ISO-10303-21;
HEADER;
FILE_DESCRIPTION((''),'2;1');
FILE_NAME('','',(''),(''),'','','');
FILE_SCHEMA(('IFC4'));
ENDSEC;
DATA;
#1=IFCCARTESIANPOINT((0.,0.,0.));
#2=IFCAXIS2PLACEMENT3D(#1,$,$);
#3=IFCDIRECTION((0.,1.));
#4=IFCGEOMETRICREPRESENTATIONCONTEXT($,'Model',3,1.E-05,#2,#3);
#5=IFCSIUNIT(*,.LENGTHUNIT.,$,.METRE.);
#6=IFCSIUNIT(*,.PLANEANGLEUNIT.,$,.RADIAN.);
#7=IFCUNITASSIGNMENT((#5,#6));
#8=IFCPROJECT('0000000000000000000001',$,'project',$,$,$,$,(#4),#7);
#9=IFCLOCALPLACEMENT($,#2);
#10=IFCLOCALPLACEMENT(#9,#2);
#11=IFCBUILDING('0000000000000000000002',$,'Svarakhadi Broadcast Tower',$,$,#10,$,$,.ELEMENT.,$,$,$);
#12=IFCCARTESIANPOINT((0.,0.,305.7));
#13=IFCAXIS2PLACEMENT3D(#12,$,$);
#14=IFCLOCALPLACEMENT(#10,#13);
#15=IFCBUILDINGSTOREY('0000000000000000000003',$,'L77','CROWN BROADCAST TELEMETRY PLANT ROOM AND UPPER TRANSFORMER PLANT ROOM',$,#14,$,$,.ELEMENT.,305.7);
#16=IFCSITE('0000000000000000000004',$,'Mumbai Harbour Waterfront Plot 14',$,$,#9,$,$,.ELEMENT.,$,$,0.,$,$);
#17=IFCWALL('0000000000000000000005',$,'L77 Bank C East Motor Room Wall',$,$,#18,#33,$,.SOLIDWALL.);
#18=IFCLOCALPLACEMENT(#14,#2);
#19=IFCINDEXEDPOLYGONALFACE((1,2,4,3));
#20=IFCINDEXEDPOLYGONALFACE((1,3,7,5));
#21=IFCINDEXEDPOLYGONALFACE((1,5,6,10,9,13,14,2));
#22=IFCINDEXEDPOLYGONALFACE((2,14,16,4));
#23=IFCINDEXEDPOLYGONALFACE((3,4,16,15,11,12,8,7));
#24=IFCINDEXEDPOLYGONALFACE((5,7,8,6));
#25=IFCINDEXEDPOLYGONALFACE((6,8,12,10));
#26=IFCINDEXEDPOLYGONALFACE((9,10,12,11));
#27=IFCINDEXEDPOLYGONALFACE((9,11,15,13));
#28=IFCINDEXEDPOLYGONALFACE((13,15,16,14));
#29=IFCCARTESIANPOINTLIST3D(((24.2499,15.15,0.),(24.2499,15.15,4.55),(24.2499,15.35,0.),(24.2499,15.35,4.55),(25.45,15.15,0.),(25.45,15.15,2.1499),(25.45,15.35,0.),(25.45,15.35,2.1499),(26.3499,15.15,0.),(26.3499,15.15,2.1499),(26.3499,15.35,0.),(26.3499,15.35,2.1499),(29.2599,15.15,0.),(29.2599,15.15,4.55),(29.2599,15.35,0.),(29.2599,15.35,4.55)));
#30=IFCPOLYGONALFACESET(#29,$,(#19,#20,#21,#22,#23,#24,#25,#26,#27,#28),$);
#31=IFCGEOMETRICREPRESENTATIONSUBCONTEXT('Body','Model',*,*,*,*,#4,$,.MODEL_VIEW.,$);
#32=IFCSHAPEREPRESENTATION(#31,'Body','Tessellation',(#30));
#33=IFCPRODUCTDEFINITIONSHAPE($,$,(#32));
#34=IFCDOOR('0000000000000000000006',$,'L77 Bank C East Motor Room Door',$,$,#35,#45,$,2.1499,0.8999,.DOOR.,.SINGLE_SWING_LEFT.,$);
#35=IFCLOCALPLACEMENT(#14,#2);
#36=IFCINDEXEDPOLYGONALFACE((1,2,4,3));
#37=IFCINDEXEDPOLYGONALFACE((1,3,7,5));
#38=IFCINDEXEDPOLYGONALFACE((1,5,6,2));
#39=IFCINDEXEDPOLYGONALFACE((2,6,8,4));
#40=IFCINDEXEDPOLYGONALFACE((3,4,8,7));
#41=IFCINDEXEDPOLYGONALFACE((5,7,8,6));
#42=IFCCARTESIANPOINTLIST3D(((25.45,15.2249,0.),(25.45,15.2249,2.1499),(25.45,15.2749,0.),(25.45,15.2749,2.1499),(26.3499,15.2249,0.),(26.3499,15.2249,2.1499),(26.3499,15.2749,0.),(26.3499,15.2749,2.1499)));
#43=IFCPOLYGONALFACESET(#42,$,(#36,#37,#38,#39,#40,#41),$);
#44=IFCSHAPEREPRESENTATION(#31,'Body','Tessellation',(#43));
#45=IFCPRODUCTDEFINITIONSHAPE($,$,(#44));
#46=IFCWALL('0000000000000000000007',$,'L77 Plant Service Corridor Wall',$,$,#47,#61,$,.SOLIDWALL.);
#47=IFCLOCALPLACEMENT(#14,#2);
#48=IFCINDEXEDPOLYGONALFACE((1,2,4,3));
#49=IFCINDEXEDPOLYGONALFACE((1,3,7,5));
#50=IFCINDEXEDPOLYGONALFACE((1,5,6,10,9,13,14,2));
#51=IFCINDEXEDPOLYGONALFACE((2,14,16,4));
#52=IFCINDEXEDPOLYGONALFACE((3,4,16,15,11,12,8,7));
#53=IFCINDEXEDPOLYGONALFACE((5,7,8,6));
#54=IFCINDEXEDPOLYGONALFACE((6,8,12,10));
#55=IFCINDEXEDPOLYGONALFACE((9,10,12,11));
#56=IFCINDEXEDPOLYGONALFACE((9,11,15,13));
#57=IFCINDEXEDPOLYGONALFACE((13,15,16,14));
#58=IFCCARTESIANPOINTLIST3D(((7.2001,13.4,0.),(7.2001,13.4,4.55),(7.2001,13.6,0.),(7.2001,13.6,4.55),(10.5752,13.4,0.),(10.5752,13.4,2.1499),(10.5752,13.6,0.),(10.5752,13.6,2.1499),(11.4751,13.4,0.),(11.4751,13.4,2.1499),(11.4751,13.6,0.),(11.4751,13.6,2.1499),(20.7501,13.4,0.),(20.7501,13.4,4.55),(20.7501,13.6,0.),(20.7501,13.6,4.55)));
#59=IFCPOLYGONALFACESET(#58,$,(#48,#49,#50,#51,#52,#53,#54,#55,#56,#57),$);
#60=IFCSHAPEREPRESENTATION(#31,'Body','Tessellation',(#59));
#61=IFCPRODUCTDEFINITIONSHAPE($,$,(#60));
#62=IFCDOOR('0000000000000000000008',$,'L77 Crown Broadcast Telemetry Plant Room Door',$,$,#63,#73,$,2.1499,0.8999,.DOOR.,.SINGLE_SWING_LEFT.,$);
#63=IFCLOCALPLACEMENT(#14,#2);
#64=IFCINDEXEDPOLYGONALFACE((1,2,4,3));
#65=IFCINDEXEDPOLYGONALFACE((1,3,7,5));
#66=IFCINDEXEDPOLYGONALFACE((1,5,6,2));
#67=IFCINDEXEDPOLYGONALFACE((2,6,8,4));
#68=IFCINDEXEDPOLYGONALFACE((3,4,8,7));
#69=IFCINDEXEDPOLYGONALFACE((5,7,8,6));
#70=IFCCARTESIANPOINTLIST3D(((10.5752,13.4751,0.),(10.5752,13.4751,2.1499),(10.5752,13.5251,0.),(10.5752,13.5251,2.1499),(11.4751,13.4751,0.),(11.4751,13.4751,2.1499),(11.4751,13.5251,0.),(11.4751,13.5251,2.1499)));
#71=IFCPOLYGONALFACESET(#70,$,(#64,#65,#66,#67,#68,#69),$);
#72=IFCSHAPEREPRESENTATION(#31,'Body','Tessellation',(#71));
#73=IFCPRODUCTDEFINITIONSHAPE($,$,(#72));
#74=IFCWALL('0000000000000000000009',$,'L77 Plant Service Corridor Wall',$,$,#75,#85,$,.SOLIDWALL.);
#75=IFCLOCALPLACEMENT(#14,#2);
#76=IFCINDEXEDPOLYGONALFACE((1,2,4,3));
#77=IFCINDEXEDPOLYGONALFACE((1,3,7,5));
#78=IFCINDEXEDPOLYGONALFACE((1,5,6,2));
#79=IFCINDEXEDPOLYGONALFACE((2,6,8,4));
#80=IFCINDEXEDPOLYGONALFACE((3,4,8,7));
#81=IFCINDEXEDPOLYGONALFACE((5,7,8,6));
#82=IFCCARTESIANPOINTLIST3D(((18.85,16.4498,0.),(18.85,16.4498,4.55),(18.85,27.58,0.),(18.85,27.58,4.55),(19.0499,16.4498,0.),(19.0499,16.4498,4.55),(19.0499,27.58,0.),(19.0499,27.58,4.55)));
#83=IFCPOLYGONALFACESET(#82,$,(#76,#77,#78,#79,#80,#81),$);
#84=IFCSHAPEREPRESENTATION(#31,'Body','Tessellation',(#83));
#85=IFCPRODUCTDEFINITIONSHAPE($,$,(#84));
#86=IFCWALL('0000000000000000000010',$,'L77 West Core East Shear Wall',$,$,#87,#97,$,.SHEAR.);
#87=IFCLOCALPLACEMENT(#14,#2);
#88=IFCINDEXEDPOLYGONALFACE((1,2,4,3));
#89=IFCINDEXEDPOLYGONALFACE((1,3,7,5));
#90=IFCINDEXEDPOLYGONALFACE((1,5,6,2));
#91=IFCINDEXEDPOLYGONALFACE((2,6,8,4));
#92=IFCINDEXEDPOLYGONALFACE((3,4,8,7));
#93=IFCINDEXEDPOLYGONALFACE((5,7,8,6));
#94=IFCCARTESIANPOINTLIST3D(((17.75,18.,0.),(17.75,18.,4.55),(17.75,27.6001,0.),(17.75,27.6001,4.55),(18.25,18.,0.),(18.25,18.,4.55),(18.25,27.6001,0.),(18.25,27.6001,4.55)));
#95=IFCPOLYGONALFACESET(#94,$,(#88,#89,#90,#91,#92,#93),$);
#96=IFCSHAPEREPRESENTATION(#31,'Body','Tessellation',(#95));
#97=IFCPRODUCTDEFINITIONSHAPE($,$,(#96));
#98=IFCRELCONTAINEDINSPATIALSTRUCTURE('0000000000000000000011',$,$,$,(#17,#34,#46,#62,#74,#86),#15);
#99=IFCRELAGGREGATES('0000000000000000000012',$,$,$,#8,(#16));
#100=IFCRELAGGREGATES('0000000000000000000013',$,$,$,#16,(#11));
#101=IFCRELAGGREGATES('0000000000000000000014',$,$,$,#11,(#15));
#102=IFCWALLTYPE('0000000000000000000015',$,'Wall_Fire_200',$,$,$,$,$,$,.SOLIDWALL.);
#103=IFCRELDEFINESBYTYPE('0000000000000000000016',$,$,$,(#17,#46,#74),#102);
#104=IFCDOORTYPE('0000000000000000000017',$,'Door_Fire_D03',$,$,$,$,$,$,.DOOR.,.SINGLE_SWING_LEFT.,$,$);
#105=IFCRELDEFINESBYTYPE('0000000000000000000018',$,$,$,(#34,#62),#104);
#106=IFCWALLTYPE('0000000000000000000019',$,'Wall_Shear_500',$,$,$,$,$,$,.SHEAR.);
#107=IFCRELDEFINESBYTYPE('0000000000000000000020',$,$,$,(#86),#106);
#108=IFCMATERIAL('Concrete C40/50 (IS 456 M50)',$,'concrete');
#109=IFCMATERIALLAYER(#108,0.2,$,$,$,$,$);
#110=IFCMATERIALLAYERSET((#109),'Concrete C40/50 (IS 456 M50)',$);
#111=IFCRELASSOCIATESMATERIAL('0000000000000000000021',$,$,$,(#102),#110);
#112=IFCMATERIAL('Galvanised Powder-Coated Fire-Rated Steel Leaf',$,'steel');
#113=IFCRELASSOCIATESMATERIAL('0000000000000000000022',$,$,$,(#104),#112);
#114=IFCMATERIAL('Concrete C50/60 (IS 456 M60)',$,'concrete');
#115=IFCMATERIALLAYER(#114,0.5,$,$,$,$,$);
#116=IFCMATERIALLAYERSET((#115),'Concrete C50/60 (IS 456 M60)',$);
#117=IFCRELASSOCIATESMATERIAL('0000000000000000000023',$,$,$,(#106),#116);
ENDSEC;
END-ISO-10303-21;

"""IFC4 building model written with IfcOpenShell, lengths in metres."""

from ifc_helpers import new_model, si_unit, direction, frame, frame_2d, origin, place, context, subcontext, project, spatial, rectangle, extrude, material, layer, layer_set, type_object, element, fill, save


model = new_model("IFC4")

# Units and contexts
model_context = context("Model", 3, precision=1e-05, world=origin(), true_north=direction((0.0, 1.0)))
body_context = subcontext(model_context, "Body", "Model", "MODEL_VIEW")
ifc_project = project(units=[si_unit("LENGTHUNIT", "METRE"), si_unit("PLANEANGLEUNIT", "RADIAN")], contexts=[model_context])

# Site, building, storey
site_placement = place(None, origin())
site = spatial("IfcSite", under=ifc_project, at=site_placement, Name="Mumbai Harbour Waterfront Plot 14", CompositionType="ELEMENT", RefElevation=0.0)
building_placement = place(site_placement, origin())
building = spatial("IfcBuilding", under=site, at=building_placement, Name="Svarakhadi Broadcast Tower", CompositionType="ELEMENT")
storey_placement = place(building_placement, frame((0.0, 0.0, 305.7)))
storey = spatial("IfcBuildingStorey", under=building, at=storey_placement, Name="L77", Description="CROWN BROADCAST TELEMETRY PLANT ROOM AND UPPER TRANSFORMER PLANT ROOM", CompositionType="ELEMENT", Elevation=305.7)

# Shared definitions
ifc_material_1 = material(Name="Concrete C50/60 (IS 456 M60)", Category="concrete")

# Walls, openings, doors
ifc_material_2 = material(Name="Concrete C40/50 (IS 456 M50)", Category="concrete")
ifc_layer_1 = layer(ifc_material_2, 0.2)
ifc_layer_set_1 = layer_set([ifc_layer_1], Name="Concrete C40/50 (IS 456 M50)")
wall_type_1 = type_object("IfcWallType", Name="Wall_Fire_200", PredefinedType="SOLIDWALL", material=ifc_layer_set_1)
wall_1_placement = place(storey_placement, frame((24.25, 15.25, 0.0), z_axis=(0.0, 0.0, 1.0), x_axis=(1.0, 0.0, 0.0)))
wall_1 = element("IfcWall", 1, at=wall_1_placement, inside=storey, type_object=wall_type_1, Name="L77 Bank C East Motor Room Wall", PredefinedType="SOLIDWALL", context=body_context, shape_type="SweptSolid", body=[
    extrude(rectangle(XDim=5.01, YDim=0.2, at=frame_2d((2.5049, 0.0))), origin(), (0.0, 0.0, 1.0), 4.55),
])
opening_1_placement = place(wall_1_placement, frame((1.2, 0.0, 0.0)))
opening_1 = element("IfcOpeningElement", 2, at=opening_1_placement, cuts=wall_1, PredefinedType="OPENING", context=body_context, shape_type="SweptSolid", body=[
    extrude(rectangle(XDim=0.8999, YDim=2.1499, at=frame_2d((0.45, 1.075))), frame((0.0, 0.1099, 0.0), z_axis=(0.0, -1.0, 0.0), x_axis=(1.0, 0.0, 0.0)), (0.0, 0.0, 1.0), 0.22),
])
ifc_material_3 = material(Name="Galvanised Powder-Coated Fire-Rated Steel Leaf", Category="steel")
door_type = type_object("IfcDoorType", Name="Door_Fire_D03", OperationType="SINGLE_SWING_LEFT", PredefinedType="DOOR", material=ifc_material_3)
door_1_placement = place(opening_1_placement, origin())
door_1 = element("IfcDoor", 3, at=door_1_placement, inside=storey, type_object=door_type, Name="L77 Bank C East Motor Room Door", OperationType="SINGLE_SWING_LEFT", OverallHeight=2.1499, OverallWidth=0.8999, PredefinedType="DOOR", context=body_context, shape_type="SweptSolid", body=[
    extrude(rectangle(XDim=0.8999, YDim=2.1499, at=frame_2d((0.45, 1.075))), frame((0.0, 0.0249, 0.0), z_axis=(0.0, -1.0, 0.0), x_axis=(1.0, 0.0, 0.0)), (0.0, 0.0, 1.0), 0.05),
])
fill(opening_1, door_1)
wall_2_placement = place(storey_placement, frame((20.75, 13.5, 0.0), z_axis=(0.0, 0.0, 1.0), x_axis=(-1.0, 0.0, 0.0)))
wall_2 = element("IfcWall", 4, at=wall_2_placement, inside=storey, type_object=wall_type_1, Name="L77 Plant Service Corridor Wall", PredefinedType="SOLIDWALL", context=body_context, shape_type="SweptSolid", body=[
    extrude(rectangle(XDim=13.55, YDim=0.2, at=frame_2d((6.7749, 0.0))), origin(), (0.0, 0.0, 1.0), 4.55),
])
opening_2_placement = place(wall_2_placement, frame((9.2749, 0.0, 0.0)))
opening_2 = element("IfcOpeningElement", 5, at=opening_2_placement, cuts=wall_2, PredefinedType="OPENING", context=body_context, shape_type="SweptSolid", body=[
    extrude(rectangle(XDim=0.8999, YDim=2.1499, at=frame_2d((0.45, 1.075))), frame((0.0, 0.1099, 0.0), z_axis=(0.0, -1.0, 0.0), x_axis=(1.0, 0.0, 0.0)), (0.0, 0.0, 1.0), 0.22),
])
door_2_placement = place(opening_2_placement, origin())
door_2 = element("IfcDoor", 6, at=door_2_placement, inside=storey, type_object=door_type, Name="L77 Crown Broadcast Telemetry Plant Room Door", OperationType="SINGLE_SWING_LEFT", OverallHeight=2.1499, OverallWidth=0.8999, PredefinedType="DOOR", context=body_context, shape_type="SweptSolid", body=[
    extrude(rectangle(XDim=0.8999, YDim=2.1499, at=frame_2d((0.45, 1.075))), frame((0.0, 0.0249, 0.0), z_axis=(0.0, -1.0, 0.0), x_axis=(1.0, 0.0, 0.0)), (0.0, 0.0, 1.0), 0.05),
])
fill(opening_2, door_2)

# Wall
wall_3_placement = place(storey_placement, frame((18.95, 16.45, 0.0), z_axis=(0.0, 0.0, 1.0), x_axis=(0.0, 1.0, 0.0)))
element("IfcWall", 7, at=wall_3_placement, inside=storey, type_object=wall_type_1, Name="L77 Plant Service Corridor Wall", PredefinedType="SOLIDWALL", context=body_context, shape_type="SweptSolid", body=[
    extrude(rectangle(XDim=11.1301, YDim=0.2, at=frame_2d((5.5649, 0.0))), origin(), (0.0, 0.0, 1.0), 4.55),
])

# Wall
ifc_layer_2 = layer(ifc_material_1, 0.5)
ifc_layer_set_2 = layer_set([ifc_layer_2], Name="Concrete C50/60 (IS 456 M60)")
wall_type_2 = type_object("IfcWallType", Name="Wall_Shear_500", PredefinedType="SHEAR", material=ifc_layer_set_2)
wall_4_placement = place(storey_placement, frame((18.0, 18.0, 0.0), z_axis=(0.0, 0.0, 1.0), x_axis=(0.0, 1.0, 0.0)))
element("IfcWall", 8, at=wall_4_placement, inside=storey, type_object=wall_type_2, Name="L77 West Core East Shear Wall", PredefinedType="SHEAR", context=body_context, shape_type="SweptSolid", body=[
    extrude(rectangle(XDim=9.6001, YDim=0.5, at=frame_2d((4.8, 0.0))), origin(), (0.0, 0.0, 1.0), 4.55),
])

save(model, "model.ifc")
